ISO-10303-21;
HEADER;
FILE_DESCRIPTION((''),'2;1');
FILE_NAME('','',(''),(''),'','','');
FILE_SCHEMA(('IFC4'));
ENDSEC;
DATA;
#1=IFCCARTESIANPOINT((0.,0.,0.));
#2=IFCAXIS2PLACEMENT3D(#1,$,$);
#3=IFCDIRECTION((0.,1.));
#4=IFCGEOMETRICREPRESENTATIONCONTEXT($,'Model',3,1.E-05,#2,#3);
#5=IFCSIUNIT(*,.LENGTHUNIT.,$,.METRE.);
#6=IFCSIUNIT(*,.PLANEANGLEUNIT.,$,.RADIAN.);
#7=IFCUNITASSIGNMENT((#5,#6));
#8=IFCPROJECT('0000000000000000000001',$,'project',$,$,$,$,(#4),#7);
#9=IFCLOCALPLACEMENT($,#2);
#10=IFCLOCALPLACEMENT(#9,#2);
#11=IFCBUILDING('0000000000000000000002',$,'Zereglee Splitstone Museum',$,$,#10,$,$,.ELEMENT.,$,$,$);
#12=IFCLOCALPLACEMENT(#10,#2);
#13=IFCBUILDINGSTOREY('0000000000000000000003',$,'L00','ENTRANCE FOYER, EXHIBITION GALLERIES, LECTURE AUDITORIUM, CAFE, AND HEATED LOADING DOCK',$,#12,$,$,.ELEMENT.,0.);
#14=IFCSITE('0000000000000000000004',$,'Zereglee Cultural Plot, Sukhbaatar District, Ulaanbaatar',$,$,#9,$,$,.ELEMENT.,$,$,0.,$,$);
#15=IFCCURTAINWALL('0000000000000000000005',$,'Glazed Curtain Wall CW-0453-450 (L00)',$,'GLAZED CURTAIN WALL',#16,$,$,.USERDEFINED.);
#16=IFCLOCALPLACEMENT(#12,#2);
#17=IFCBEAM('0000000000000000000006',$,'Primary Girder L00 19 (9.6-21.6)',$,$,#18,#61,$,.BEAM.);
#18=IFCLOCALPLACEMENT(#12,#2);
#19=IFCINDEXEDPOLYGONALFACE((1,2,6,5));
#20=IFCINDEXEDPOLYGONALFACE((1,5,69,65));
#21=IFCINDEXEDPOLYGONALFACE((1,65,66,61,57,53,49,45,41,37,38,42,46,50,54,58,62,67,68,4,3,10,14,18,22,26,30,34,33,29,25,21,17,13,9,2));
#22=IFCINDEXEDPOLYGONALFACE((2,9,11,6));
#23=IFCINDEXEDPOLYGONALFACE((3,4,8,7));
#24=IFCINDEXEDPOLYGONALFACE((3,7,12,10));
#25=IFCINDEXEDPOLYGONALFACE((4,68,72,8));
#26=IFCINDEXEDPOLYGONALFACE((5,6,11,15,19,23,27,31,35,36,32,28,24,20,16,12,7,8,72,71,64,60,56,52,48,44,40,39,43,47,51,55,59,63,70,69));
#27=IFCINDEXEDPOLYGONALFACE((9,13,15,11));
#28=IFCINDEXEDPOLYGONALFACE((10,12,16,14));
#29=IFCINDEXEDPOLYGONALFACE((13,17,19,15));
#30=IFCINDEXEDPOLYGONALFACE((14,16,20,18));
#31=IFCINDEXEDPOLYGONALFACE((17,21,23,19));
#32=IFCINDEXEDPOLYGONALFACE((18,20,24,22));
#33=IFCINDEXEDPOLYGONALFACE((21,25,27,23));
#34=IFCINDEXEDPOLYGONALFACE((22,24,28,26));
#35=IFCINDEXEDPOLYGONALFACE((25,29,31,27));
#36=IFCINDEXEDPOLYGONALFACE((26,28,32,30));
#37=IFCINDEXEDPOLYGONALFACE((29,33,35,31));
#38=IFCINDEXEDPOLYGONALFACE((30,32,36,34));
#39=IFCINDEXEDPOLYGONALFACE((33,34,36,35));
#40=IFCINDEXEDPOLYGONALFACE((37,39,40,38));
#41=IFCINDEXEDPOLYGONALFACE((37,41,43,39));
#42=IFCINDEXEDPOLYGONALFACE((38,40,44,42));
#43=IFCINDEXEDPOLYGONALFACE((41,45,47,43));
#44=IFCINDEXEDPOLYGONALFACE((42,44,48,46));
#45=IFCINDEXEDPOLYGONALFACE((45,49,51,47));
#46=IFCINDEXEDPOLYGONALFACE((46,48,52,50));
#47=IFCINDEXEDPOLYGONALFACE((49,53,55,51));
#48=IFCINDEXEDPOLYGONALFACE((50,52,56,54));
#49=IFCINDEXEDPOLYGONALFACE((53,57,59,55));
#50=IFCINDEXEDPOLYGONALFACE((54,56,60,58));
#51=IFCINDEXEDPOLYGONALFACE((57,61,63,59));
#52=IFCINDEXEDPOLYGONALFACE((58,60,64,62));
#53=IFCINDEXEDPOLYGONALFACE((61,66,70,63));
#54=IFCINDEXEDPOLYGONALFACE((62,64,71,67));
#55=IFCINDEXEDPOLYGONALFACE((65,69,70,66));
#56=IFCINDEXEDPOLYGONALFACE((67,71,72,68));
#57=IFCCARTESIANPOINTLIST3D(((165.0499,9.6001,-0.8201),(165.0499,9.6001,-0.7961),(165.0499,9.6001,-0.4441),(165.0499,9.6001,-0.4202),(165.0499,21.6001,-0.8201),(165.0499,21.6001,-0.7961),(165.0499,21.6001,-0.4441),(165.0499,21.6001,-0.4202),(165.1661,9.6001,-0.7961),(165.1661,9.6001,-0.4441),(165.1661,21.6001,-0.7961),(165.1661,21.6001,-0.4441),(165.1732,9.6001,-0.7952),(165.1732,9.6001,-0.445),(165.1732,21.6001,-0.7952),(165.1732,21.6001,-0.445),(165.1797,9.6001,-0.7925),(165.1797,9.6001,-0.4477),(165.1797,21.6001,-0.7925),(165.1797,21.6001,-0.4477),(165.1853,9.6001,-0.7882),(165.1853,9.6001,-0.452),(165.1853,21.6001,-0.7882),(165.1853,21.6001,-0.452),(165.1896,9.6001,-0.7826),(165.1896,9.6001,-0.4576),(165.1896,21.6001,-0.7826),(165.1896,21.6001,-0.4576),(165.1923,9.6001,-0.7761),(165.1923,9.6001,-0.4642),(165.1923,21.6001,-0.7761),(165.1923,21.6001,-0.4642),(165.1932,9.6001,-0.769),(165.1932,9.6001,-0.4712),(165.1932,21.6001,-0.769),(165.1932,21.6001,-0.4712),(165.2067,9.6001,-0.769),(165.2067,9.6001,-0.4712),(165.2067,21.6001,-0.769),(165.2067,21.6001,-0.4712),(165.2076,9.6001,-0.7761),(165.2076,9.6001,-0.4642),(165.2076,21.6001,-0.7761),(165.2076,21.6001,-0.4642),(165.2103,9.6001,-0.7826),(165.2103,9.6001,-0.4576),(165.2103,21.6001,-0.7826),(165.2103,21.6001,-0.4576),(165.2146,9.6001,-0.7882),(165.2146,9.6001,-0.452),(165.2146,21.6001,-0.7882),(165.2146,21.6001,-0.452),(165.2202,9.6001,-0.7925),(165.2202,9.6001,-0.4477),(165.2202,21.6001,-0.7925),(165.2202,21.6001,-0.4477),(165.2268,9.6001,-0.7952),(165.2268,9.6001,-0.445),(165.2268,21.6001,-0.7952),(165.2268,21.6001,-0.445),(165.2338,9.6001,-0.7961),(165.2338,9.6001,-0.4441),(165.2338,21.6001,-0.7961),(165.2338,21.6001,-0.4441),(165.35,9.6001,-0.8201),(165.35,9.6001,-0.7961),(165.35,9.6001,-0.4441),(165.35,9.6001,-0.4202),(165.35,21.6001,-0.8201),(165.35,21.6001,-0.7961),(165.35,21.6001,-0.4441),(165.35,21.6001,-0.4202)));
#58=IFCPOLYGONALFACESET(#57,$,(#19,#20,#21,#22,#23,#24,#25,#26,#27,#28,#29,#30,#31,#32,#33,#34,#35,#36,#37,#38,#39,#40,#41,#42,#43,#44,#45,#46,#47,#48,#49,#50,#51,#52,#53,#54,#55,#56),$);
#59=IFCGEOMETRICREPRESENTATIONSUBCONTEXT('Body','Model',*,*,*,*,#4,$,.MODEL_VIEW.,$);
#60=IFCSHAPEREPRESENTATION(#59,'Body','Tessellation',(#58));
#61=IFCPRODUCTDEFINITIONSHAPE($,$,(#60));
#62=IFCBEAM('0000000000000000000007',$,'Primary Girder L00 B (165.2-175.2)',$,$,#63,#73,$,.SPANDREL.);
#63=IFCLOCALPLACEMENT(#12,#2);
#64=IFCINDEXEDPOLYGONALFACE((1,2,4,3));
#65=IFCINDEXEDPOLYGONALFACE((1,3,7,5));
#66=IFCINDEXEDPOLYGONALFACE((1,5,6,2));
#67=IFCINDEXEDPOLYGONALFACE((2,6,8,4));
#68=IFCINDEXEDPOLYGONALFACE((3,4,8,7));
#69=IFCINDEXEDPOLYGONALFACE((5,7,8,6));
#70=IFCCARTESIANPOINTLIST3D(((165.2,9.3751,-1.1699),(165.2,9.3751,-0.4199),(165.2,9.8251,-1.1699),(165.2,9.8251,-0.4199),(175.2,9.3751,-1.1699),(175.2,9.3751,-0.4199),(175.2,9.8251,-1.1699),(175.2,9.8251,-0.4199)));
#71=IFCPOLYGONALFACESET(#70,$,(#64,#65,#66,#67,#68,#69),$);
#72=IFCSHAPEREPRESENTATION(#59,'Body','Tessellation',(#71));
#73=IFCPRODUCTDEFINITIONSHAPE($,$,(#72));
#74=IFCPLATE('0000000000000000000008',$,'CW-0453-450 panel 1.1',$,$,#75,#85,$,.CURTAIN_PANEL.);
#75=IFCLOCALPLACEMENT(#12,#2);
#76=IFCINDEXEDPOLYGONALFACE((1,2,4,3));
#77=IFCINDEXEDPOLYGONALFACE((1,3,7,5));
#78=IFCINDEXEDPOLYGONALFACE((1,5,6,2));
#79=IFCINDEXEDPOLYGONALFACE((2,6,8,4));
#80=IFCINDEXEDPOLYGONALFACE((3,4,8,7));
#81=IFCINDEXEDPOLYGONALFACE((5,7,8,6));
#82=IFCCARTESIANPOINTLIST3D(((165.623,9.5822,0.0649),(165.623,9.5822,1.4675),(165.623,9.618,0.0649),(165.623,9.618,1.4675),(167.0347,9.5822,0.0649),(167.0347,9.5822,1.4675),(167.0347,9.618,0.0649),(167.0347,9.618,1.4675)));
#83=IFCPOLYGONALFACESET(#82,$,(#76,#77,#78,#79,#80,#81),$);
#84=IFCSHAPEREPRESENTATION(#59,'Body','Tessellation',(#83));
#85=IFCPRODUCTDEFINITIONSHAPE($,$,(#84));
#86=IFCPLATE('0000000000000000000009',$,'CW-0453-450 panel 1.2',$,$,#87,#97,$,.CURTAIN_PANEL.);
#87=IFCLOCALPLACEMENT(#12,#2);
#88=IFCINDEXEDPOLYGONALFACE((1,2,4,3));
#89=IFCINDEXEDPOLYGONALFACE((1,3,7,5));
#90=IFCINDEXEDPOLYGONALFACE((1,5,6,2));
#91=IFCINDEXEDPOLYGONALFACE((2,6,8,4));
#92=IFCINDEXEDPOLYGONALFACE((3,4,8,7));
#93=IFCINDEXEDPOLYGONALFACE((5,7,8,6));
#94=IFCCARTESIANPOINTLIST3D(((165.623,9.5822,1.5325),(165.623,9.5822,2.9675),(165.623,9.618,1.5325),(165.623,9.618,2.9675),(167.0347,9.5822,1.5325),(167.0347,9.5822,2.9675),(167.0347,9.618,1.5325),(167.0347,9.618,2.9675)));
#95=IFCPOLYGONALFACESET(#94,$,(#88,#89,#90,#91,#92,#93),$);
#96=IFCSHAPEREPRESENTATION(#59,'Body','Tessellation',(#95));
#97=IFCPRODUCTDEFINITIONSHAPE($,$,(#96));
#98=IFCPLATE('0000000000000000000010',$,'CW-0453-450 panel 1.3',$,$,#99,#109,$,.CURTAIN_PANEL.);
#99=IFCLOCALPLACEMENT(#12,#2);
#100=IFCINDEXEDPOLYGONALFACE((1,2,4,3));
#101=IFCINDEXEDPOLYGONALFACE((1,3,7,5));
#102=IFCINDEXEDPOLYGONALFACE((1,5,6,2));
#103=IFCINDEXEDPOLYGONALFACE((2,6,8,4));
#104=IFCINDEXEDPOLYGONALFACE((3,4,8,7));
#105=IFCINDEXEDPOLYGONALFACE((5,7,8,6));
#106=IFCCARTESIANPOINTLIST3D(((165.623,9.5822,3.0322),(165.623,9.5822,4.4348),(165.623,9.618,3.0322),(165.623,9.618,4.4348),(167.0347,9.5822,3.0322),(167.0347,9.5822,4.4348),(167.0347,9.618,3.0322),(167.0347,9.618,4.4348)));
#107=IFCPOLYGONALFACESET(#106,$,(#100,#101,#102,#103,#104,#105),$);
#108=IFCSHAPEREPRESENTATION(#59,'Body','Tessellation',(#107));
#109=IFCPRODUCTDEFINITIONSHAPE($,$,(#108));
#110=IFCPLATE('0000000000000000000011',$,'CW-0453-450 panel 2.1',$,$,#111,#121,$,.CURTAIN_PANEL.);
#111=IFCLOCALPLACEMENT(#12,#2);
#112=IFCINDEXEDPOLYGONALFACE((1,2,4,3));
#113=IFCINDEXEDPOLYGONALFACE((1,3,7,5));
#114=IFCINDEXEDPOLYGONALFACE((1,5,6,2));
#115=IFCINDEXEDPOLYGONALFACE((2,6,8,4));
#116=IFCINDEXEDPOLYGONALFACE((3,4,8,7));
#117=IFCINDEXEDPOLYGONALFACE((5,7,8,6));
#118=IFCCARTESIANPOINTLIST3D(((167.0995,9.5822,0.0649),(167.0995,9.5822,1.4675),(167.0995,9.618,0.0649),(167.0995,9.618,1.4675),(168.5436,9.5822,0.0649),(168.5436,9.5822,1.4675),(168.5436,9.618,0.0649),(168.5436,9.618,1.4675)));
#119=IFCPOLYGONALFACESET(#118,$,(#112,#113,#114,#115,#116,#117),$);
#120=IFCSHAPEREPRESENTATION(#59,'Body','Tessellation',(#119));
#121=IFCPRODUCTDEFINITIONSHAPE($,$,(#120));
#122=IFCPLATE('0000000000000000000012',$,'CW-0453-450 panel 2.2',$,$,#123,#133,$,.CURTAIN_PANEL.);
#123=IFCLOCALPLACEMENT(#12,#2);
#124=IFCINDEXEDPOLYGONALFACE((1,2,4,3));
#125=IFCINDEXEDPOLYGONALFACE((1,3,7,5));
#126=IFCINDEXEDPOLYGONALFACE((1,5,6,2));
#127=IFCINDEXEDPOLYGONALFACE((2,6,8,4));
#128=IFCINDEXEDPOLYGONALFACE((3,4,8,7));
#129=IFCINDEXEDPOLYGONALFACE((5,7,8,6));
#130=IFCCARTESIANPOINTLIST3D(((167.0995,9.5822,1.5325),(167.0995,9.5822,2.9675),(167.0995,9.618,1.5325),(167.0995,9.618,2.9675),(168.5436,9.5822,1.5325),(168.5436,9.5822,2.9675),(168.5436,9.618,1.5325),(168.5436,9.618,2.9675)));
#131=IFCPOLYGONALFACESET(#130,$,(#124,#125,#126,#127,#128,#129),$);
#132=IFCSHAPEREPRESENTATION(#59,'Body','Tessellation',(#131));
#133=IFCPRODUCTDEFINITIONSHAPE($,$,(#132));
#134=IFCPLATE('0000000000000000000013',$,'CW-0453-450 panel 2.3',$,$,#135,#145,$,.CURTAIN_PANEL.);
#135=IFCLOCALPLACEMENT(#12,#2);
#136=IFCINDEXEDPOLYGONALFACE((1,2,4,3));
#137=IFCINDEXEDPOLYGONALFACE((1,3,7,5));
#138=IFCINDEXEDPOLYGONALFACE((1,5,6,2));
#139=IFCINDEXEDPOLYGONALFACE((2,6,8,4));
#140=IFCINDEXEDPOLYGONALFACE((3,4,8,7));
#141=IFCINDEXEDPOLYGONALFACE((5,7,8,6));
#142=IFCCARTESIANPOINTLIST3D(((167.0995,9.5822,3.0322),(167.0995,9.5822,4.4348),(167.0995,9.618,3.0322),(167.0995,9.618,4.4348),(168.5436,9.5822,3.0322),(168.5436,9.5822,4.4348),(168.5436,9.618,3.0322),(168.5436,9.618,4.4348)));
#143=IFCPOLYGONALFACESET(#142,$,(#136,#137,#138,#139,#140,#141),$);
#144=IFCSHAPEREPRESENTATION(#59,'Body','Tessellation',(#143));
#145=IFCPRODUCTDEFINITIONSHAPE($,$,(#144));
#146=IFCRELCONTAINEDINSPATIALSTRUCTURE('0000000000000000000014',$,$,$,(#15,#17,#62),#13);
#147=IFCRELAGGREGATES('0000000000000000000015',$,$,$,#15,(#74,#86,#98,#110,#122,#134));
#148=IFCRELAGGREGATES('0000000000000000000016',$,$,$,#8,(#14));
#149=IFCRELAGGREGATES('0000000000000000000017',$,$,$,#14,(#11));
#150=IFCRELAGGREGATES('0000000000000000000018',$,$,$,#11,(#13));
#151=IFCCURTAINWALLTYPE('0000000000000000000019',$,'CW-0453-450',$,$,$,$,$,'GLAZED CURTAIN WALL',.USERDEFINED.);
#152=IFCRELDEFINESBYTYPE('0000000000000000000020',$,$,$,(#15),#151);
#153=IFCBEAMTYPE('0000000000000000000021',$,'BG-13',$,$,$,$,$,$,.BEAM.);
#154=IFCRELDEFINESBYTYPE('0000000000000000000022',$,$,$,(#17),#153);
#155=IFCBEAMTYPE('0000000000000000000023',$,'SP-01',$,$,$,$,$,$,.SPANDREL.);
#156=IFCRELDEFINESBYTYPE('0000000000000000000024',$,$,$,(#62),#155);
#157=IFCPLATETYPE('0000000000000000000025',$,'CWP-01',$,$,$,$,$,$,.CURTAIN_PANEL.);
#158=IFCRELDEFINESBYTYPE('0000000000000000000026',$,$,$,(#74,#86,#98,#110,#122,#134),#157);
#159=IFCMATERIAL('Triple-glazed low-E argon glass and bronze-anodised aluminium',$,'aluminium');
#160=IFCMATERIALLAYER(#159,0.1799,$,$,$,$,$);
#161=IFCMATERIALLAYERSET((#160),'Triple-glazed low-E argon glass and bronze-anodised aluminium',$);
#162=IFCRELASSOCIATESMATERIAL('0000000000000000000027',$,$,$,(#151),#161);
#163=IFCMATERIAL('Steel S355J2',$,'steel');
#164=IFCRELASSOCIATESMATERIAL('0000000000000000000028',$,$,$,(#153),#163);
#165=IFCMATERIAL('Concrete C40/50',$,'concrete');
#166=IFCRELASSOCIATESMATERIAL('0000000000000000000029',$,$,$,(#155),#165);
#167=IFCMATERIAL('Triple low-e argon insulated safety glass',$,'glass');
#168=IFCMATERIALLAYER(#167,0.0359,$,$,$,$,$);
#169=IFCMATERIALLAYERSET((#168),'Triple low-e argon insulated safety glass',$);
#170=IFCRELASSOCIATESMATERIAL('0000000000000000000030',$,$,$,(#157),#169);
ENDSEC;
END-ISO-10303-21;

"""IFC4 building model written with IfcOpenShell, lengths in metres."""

from ifc_helpers import new_model, si_unit, direction, frame, origin, origin_2d, place, context, subcontext, project, spatial, rectangle, i_section, extrude, material, layer, layer_set, material_profile, profile_set, type_object, element, aggregate, save


model = new_model("IFC4")

# Units and contexts
model_context = context("Model", 3, precision=1e-05, world=origin(), true_north=direction((0.0, 1.0)))
body_context = subcontext(model_context, "Body", "Model", "MODEL_VIEW")
ifc_project = project(units=[si_unit("LENGTHUNIT", "METRE"), si_unit("PLANEANGLEUNIT", "RADIAN")], contexts=[model_context])

# Site, building, storey
site_placement = place(None, origin())
site = spatial("IfcSite", under=ifc_project, at=site_placement, Name="Zereglee Cultural Plot, Sukhbaatar District, Ulaanbaatar", CompositionType="ELEMENT", RefElevation=0.0)
building_placement = place(site_placement, origin())
building = spatial("IfcBuilding", under=site, at=building_placement, Name="Zereglee Splitstone Museum", CompositionType="ELEMENT")
storey_placement = place(building_placement, origin())
storey = spatial("IfcBuildingStorey", under=building, at=storey_placement, Name="L00", Description="ENTRANCE FOYER, EXHIBITION GALLERIES, LECTURE AUDITORIUM, CAFE, AND HEATED LOADING DOCK", CompositionType="ELEMENT", Elevation=0.0)

# Curtain wall
ifc_material_1 = material(Name="Triple-glazed low-E argon glass and bronze-anodised aluminium", Category="aluminium")
ifc_layer_1 = layer(ifc_material_1, 0.1799)
ifc_layer_set_1 = layer_set([ifc_layer_1], Name="Triple-glazed low-E argon glass and bronze-anodised aluminium")
curtain_wall_type = type_object("IfcCurtainWallType", Name="CW-0453-450", ElementType="GLAZED CURTAIN WALL", PredefinedType="USERDEFINED", material=ifc_layer_set_1)
curtain_wall_placement = place(storey_placement, origin())
curtain_wall = element("IfcCurtainWall", 1, at=curtain_wall_placement, inside=storey, type_object=curtain_wall_type, Name="Glazed Curtain Wall CW-0453-450 (L00)", ObjectType="GLAZED CURTAIN WALL", PredefinedType="USERDEFINED")

# Beams
ifc_material_2 = material(Name="Steel S355J2", Category="steel")
ifc_material_profile_1 = material_profile(ifc_material_2, i_section(OverallWidth=0.3, OverallDepth=0.3999, WebThickness=0.0134, FlangeThickness=0.0239, FilletRadius=0.0271, at=origin_2d()), Name="HE 400 B")
ifc_profile_set_1 = profile_set([ifc_material_profile_1], Name="Steel S355J2")
beam_type_1 = type_object("IfcBeamType", Name="BG-13", PredefinedType="BEAM", material=ifc_profile_set_1)
beam_1_placement = place(storey_placement, frame((165.2, 9.6001, -0.6201), z_axis=(0.0, 1.0, 0.0), x_axis=(-1.0, 0.0, 0.0)))
element("IfcBeam", 2, at=beam_1_placement, inside=storey, type_object=beam_type_1, Name="Primary Girder L00 19 (9.6-21.6)", PredefinedType="BEAM", context=body_context, shape_type="SweptSolid", body=[
    extrude(i_section(OverallWidth=0.3, OverallDepth=0.3999, WebThickness=0.0134, FlangeThickness=0.0239, FilletRadius=0.0271, at=origin_2d()), origin(), (0.0, 0.0, 1.0), 12.0),
])
ifc_material_3 = material(Name="Concrete C40/50", Category="concrete")
ifc_material_profile_2 = material_profile(ifc_material_3, rectangle(XDim=0.45, YDim=0.75, at=origin_2d()), Name="RC 450x750")
ifc_profile_set_2 = profile_set([ifc_material_profile_2], Name="Concrete C40/50")
beam_type_2 = type_object("IfcBeamType", Name="SP-01", PredefinedType="SPANDREL", material=ifc_profile_set_2)
beam_2_placement = place(storey_placement, frame((165.2, 9.6001, -0.7949), z_axis=(1.0, 0.0, 0.0), x_axis=(0.0, 1.0, 0.0)))
element("IfcBeam", 3, at=beam_2_placement, inside=storey, type_object=beam_type_2, Name="Primary Girder L00 B (165.2-175.2)", PredefinedType="SPANDREL", context=body_context, shape_type="SweptSolid", body=[
    extrude(rectangle(XDim=0.45, YDim=0.75, at=origin_2d()), origin(), (0.0, 0.0, 1.0), 10.0),
])

# Plates
ifc_material_4 = material(Name="Triple low-e argon insulated safety glass", Category="glass")
ifc_layer_2 = layer(ifc_material_4, 0.0359)
ifc_layer_set_2 = layer_set([ifc_layer_2], Name="Triple low-e argon insulated safety glass")
plate_type = type_object("IfcPlateType", Name="CWP-01", PredefinedType="CURTAIN_PANEL", material=ifc_layer_set_2)
plate_1_placement = place(storey_placement, frame((166.3289, 9.6001, 0.0649), z_axis=(0.0, 0.0, 1.0), x_axis=(1.0, 0.0, 0.0)))
plate_1 = element("IfcPlate", 4, at=plate_1_placement, type_object=plate_type, Name="CW-0453-450 panel 1.1", PredefinedType="CURTAIN_PANEL", context=body_context, shape_type="SweptSolid", body=[
    extrude(rectangle(XDim=1.4116, YDim=0.0359, at=origin_2d()), origin(), (0.0, 0.0, 1.0), 1.4026),
])
plate_2_placement = place(storey_placement, frame((166.3289, 9.6001, 1.5325), z_axis=(0.0, 0.0, 1.0), x_axis=(1.0, 0.0, 0.0)))
plate_2 = element("IfcPlate", 5, at=plate_2_placement, type_object=plate_type, Name="CW-0453-450 panel 1.2", PredefinedType="CURTAIN_PANEL", context=body_context, shape_type="SweptSolid", body=[
    extrude(rectangle(XDim=1.4116, YDim=0.0359, at=origin_2d()), origin(), (0.0, 0.0, 1.0), 1.4351),
])
plate_3_placement = place(storey_placement, frame((166.3289, 9.6001, 3.0322), z_axis=(0.0, 0.0, 1.0), x_axis=(1.0, 0.0, 0.0)))
plate_3 = element("IfcPlate", 6, at=plate_3_placement, type_object=plate_type, Name="CW-0453-450 panel 1.3", PredefinedType="CURTAIN_PANEL", context=body_context, shape_type="SweptSolid", body=[
    extrude(rectangle(XDim=1.4116, YDim=0.0359, at=origin_2d()), origin(), (0.0, 0.0, 1.0), 1.4026),
])
plate_4_placement = place(storey_placement, frame((167.8215, 9.6001, 0.0649), z_axis=(0.0, 0.0, 1.0), x_axis=(1.0, 0.0, 0.0)))
plate_4 = element("IfcPlate", 7, at=plate_4_placement, type_object=plate_type, Name="CW-0453-450 panel 2.1", PredefinedType="CURTAIN_PANEL", context=body_context, shape_type="SweptSolid", body=[
    extrude(rectangle(XDim=1.4441, YDim=0.0359, at=origin_2d()), origin(), (0.0, 0.0, 1.0), 1.4026),
])
plate_5_placement = place(storey_placement, frame((167.8215, 9.6001, 1.5325), z_axis=(0.0, 0.0, 1.0), x_axis=(1.0, 0.0, 0.0)))
plate_5 = element("IfcPlate", 8, at=plate_5_placement, type_object=plate_type, Name="CW-0453-450 panel 2.2", PredefinedType="CURTAIN_PANEL", context=body_context, shape_type="SweptSolid", body=[
    extrude(rectangle(XDim=1.4441, YDim=0.0359, at=origin_2d()), origin(), (0.0, 0.0, 1.0), 1.4351),
])
plate_6_placement = place(storey_placement, frame((167.8215, 9.6001, 3.0322), z_axis=(0.0, 0.0, 1.0), x_axis=(1.0, 0.0, 0.0)))
plate_6 = element("IfcPlate", 9, at=plate_6_placement, type_object=plate_type, Name="CW-0453-450 panel 2.3", PredefinedType="CURTAIN_PANEL", context=body_context, shape_type="SweptSolid", body=[
    extrude(rectangle(XDim=1.4441, YDim=0.0359, at=origin_2d()), origin(), (0.0, 0.0, 1.0), 1.4026),
])
aggregate(curtain_wall, [plate_1, plate_2, plate_3, plate_4, plate_5, plate_6])

save(model, "model.ifc")
